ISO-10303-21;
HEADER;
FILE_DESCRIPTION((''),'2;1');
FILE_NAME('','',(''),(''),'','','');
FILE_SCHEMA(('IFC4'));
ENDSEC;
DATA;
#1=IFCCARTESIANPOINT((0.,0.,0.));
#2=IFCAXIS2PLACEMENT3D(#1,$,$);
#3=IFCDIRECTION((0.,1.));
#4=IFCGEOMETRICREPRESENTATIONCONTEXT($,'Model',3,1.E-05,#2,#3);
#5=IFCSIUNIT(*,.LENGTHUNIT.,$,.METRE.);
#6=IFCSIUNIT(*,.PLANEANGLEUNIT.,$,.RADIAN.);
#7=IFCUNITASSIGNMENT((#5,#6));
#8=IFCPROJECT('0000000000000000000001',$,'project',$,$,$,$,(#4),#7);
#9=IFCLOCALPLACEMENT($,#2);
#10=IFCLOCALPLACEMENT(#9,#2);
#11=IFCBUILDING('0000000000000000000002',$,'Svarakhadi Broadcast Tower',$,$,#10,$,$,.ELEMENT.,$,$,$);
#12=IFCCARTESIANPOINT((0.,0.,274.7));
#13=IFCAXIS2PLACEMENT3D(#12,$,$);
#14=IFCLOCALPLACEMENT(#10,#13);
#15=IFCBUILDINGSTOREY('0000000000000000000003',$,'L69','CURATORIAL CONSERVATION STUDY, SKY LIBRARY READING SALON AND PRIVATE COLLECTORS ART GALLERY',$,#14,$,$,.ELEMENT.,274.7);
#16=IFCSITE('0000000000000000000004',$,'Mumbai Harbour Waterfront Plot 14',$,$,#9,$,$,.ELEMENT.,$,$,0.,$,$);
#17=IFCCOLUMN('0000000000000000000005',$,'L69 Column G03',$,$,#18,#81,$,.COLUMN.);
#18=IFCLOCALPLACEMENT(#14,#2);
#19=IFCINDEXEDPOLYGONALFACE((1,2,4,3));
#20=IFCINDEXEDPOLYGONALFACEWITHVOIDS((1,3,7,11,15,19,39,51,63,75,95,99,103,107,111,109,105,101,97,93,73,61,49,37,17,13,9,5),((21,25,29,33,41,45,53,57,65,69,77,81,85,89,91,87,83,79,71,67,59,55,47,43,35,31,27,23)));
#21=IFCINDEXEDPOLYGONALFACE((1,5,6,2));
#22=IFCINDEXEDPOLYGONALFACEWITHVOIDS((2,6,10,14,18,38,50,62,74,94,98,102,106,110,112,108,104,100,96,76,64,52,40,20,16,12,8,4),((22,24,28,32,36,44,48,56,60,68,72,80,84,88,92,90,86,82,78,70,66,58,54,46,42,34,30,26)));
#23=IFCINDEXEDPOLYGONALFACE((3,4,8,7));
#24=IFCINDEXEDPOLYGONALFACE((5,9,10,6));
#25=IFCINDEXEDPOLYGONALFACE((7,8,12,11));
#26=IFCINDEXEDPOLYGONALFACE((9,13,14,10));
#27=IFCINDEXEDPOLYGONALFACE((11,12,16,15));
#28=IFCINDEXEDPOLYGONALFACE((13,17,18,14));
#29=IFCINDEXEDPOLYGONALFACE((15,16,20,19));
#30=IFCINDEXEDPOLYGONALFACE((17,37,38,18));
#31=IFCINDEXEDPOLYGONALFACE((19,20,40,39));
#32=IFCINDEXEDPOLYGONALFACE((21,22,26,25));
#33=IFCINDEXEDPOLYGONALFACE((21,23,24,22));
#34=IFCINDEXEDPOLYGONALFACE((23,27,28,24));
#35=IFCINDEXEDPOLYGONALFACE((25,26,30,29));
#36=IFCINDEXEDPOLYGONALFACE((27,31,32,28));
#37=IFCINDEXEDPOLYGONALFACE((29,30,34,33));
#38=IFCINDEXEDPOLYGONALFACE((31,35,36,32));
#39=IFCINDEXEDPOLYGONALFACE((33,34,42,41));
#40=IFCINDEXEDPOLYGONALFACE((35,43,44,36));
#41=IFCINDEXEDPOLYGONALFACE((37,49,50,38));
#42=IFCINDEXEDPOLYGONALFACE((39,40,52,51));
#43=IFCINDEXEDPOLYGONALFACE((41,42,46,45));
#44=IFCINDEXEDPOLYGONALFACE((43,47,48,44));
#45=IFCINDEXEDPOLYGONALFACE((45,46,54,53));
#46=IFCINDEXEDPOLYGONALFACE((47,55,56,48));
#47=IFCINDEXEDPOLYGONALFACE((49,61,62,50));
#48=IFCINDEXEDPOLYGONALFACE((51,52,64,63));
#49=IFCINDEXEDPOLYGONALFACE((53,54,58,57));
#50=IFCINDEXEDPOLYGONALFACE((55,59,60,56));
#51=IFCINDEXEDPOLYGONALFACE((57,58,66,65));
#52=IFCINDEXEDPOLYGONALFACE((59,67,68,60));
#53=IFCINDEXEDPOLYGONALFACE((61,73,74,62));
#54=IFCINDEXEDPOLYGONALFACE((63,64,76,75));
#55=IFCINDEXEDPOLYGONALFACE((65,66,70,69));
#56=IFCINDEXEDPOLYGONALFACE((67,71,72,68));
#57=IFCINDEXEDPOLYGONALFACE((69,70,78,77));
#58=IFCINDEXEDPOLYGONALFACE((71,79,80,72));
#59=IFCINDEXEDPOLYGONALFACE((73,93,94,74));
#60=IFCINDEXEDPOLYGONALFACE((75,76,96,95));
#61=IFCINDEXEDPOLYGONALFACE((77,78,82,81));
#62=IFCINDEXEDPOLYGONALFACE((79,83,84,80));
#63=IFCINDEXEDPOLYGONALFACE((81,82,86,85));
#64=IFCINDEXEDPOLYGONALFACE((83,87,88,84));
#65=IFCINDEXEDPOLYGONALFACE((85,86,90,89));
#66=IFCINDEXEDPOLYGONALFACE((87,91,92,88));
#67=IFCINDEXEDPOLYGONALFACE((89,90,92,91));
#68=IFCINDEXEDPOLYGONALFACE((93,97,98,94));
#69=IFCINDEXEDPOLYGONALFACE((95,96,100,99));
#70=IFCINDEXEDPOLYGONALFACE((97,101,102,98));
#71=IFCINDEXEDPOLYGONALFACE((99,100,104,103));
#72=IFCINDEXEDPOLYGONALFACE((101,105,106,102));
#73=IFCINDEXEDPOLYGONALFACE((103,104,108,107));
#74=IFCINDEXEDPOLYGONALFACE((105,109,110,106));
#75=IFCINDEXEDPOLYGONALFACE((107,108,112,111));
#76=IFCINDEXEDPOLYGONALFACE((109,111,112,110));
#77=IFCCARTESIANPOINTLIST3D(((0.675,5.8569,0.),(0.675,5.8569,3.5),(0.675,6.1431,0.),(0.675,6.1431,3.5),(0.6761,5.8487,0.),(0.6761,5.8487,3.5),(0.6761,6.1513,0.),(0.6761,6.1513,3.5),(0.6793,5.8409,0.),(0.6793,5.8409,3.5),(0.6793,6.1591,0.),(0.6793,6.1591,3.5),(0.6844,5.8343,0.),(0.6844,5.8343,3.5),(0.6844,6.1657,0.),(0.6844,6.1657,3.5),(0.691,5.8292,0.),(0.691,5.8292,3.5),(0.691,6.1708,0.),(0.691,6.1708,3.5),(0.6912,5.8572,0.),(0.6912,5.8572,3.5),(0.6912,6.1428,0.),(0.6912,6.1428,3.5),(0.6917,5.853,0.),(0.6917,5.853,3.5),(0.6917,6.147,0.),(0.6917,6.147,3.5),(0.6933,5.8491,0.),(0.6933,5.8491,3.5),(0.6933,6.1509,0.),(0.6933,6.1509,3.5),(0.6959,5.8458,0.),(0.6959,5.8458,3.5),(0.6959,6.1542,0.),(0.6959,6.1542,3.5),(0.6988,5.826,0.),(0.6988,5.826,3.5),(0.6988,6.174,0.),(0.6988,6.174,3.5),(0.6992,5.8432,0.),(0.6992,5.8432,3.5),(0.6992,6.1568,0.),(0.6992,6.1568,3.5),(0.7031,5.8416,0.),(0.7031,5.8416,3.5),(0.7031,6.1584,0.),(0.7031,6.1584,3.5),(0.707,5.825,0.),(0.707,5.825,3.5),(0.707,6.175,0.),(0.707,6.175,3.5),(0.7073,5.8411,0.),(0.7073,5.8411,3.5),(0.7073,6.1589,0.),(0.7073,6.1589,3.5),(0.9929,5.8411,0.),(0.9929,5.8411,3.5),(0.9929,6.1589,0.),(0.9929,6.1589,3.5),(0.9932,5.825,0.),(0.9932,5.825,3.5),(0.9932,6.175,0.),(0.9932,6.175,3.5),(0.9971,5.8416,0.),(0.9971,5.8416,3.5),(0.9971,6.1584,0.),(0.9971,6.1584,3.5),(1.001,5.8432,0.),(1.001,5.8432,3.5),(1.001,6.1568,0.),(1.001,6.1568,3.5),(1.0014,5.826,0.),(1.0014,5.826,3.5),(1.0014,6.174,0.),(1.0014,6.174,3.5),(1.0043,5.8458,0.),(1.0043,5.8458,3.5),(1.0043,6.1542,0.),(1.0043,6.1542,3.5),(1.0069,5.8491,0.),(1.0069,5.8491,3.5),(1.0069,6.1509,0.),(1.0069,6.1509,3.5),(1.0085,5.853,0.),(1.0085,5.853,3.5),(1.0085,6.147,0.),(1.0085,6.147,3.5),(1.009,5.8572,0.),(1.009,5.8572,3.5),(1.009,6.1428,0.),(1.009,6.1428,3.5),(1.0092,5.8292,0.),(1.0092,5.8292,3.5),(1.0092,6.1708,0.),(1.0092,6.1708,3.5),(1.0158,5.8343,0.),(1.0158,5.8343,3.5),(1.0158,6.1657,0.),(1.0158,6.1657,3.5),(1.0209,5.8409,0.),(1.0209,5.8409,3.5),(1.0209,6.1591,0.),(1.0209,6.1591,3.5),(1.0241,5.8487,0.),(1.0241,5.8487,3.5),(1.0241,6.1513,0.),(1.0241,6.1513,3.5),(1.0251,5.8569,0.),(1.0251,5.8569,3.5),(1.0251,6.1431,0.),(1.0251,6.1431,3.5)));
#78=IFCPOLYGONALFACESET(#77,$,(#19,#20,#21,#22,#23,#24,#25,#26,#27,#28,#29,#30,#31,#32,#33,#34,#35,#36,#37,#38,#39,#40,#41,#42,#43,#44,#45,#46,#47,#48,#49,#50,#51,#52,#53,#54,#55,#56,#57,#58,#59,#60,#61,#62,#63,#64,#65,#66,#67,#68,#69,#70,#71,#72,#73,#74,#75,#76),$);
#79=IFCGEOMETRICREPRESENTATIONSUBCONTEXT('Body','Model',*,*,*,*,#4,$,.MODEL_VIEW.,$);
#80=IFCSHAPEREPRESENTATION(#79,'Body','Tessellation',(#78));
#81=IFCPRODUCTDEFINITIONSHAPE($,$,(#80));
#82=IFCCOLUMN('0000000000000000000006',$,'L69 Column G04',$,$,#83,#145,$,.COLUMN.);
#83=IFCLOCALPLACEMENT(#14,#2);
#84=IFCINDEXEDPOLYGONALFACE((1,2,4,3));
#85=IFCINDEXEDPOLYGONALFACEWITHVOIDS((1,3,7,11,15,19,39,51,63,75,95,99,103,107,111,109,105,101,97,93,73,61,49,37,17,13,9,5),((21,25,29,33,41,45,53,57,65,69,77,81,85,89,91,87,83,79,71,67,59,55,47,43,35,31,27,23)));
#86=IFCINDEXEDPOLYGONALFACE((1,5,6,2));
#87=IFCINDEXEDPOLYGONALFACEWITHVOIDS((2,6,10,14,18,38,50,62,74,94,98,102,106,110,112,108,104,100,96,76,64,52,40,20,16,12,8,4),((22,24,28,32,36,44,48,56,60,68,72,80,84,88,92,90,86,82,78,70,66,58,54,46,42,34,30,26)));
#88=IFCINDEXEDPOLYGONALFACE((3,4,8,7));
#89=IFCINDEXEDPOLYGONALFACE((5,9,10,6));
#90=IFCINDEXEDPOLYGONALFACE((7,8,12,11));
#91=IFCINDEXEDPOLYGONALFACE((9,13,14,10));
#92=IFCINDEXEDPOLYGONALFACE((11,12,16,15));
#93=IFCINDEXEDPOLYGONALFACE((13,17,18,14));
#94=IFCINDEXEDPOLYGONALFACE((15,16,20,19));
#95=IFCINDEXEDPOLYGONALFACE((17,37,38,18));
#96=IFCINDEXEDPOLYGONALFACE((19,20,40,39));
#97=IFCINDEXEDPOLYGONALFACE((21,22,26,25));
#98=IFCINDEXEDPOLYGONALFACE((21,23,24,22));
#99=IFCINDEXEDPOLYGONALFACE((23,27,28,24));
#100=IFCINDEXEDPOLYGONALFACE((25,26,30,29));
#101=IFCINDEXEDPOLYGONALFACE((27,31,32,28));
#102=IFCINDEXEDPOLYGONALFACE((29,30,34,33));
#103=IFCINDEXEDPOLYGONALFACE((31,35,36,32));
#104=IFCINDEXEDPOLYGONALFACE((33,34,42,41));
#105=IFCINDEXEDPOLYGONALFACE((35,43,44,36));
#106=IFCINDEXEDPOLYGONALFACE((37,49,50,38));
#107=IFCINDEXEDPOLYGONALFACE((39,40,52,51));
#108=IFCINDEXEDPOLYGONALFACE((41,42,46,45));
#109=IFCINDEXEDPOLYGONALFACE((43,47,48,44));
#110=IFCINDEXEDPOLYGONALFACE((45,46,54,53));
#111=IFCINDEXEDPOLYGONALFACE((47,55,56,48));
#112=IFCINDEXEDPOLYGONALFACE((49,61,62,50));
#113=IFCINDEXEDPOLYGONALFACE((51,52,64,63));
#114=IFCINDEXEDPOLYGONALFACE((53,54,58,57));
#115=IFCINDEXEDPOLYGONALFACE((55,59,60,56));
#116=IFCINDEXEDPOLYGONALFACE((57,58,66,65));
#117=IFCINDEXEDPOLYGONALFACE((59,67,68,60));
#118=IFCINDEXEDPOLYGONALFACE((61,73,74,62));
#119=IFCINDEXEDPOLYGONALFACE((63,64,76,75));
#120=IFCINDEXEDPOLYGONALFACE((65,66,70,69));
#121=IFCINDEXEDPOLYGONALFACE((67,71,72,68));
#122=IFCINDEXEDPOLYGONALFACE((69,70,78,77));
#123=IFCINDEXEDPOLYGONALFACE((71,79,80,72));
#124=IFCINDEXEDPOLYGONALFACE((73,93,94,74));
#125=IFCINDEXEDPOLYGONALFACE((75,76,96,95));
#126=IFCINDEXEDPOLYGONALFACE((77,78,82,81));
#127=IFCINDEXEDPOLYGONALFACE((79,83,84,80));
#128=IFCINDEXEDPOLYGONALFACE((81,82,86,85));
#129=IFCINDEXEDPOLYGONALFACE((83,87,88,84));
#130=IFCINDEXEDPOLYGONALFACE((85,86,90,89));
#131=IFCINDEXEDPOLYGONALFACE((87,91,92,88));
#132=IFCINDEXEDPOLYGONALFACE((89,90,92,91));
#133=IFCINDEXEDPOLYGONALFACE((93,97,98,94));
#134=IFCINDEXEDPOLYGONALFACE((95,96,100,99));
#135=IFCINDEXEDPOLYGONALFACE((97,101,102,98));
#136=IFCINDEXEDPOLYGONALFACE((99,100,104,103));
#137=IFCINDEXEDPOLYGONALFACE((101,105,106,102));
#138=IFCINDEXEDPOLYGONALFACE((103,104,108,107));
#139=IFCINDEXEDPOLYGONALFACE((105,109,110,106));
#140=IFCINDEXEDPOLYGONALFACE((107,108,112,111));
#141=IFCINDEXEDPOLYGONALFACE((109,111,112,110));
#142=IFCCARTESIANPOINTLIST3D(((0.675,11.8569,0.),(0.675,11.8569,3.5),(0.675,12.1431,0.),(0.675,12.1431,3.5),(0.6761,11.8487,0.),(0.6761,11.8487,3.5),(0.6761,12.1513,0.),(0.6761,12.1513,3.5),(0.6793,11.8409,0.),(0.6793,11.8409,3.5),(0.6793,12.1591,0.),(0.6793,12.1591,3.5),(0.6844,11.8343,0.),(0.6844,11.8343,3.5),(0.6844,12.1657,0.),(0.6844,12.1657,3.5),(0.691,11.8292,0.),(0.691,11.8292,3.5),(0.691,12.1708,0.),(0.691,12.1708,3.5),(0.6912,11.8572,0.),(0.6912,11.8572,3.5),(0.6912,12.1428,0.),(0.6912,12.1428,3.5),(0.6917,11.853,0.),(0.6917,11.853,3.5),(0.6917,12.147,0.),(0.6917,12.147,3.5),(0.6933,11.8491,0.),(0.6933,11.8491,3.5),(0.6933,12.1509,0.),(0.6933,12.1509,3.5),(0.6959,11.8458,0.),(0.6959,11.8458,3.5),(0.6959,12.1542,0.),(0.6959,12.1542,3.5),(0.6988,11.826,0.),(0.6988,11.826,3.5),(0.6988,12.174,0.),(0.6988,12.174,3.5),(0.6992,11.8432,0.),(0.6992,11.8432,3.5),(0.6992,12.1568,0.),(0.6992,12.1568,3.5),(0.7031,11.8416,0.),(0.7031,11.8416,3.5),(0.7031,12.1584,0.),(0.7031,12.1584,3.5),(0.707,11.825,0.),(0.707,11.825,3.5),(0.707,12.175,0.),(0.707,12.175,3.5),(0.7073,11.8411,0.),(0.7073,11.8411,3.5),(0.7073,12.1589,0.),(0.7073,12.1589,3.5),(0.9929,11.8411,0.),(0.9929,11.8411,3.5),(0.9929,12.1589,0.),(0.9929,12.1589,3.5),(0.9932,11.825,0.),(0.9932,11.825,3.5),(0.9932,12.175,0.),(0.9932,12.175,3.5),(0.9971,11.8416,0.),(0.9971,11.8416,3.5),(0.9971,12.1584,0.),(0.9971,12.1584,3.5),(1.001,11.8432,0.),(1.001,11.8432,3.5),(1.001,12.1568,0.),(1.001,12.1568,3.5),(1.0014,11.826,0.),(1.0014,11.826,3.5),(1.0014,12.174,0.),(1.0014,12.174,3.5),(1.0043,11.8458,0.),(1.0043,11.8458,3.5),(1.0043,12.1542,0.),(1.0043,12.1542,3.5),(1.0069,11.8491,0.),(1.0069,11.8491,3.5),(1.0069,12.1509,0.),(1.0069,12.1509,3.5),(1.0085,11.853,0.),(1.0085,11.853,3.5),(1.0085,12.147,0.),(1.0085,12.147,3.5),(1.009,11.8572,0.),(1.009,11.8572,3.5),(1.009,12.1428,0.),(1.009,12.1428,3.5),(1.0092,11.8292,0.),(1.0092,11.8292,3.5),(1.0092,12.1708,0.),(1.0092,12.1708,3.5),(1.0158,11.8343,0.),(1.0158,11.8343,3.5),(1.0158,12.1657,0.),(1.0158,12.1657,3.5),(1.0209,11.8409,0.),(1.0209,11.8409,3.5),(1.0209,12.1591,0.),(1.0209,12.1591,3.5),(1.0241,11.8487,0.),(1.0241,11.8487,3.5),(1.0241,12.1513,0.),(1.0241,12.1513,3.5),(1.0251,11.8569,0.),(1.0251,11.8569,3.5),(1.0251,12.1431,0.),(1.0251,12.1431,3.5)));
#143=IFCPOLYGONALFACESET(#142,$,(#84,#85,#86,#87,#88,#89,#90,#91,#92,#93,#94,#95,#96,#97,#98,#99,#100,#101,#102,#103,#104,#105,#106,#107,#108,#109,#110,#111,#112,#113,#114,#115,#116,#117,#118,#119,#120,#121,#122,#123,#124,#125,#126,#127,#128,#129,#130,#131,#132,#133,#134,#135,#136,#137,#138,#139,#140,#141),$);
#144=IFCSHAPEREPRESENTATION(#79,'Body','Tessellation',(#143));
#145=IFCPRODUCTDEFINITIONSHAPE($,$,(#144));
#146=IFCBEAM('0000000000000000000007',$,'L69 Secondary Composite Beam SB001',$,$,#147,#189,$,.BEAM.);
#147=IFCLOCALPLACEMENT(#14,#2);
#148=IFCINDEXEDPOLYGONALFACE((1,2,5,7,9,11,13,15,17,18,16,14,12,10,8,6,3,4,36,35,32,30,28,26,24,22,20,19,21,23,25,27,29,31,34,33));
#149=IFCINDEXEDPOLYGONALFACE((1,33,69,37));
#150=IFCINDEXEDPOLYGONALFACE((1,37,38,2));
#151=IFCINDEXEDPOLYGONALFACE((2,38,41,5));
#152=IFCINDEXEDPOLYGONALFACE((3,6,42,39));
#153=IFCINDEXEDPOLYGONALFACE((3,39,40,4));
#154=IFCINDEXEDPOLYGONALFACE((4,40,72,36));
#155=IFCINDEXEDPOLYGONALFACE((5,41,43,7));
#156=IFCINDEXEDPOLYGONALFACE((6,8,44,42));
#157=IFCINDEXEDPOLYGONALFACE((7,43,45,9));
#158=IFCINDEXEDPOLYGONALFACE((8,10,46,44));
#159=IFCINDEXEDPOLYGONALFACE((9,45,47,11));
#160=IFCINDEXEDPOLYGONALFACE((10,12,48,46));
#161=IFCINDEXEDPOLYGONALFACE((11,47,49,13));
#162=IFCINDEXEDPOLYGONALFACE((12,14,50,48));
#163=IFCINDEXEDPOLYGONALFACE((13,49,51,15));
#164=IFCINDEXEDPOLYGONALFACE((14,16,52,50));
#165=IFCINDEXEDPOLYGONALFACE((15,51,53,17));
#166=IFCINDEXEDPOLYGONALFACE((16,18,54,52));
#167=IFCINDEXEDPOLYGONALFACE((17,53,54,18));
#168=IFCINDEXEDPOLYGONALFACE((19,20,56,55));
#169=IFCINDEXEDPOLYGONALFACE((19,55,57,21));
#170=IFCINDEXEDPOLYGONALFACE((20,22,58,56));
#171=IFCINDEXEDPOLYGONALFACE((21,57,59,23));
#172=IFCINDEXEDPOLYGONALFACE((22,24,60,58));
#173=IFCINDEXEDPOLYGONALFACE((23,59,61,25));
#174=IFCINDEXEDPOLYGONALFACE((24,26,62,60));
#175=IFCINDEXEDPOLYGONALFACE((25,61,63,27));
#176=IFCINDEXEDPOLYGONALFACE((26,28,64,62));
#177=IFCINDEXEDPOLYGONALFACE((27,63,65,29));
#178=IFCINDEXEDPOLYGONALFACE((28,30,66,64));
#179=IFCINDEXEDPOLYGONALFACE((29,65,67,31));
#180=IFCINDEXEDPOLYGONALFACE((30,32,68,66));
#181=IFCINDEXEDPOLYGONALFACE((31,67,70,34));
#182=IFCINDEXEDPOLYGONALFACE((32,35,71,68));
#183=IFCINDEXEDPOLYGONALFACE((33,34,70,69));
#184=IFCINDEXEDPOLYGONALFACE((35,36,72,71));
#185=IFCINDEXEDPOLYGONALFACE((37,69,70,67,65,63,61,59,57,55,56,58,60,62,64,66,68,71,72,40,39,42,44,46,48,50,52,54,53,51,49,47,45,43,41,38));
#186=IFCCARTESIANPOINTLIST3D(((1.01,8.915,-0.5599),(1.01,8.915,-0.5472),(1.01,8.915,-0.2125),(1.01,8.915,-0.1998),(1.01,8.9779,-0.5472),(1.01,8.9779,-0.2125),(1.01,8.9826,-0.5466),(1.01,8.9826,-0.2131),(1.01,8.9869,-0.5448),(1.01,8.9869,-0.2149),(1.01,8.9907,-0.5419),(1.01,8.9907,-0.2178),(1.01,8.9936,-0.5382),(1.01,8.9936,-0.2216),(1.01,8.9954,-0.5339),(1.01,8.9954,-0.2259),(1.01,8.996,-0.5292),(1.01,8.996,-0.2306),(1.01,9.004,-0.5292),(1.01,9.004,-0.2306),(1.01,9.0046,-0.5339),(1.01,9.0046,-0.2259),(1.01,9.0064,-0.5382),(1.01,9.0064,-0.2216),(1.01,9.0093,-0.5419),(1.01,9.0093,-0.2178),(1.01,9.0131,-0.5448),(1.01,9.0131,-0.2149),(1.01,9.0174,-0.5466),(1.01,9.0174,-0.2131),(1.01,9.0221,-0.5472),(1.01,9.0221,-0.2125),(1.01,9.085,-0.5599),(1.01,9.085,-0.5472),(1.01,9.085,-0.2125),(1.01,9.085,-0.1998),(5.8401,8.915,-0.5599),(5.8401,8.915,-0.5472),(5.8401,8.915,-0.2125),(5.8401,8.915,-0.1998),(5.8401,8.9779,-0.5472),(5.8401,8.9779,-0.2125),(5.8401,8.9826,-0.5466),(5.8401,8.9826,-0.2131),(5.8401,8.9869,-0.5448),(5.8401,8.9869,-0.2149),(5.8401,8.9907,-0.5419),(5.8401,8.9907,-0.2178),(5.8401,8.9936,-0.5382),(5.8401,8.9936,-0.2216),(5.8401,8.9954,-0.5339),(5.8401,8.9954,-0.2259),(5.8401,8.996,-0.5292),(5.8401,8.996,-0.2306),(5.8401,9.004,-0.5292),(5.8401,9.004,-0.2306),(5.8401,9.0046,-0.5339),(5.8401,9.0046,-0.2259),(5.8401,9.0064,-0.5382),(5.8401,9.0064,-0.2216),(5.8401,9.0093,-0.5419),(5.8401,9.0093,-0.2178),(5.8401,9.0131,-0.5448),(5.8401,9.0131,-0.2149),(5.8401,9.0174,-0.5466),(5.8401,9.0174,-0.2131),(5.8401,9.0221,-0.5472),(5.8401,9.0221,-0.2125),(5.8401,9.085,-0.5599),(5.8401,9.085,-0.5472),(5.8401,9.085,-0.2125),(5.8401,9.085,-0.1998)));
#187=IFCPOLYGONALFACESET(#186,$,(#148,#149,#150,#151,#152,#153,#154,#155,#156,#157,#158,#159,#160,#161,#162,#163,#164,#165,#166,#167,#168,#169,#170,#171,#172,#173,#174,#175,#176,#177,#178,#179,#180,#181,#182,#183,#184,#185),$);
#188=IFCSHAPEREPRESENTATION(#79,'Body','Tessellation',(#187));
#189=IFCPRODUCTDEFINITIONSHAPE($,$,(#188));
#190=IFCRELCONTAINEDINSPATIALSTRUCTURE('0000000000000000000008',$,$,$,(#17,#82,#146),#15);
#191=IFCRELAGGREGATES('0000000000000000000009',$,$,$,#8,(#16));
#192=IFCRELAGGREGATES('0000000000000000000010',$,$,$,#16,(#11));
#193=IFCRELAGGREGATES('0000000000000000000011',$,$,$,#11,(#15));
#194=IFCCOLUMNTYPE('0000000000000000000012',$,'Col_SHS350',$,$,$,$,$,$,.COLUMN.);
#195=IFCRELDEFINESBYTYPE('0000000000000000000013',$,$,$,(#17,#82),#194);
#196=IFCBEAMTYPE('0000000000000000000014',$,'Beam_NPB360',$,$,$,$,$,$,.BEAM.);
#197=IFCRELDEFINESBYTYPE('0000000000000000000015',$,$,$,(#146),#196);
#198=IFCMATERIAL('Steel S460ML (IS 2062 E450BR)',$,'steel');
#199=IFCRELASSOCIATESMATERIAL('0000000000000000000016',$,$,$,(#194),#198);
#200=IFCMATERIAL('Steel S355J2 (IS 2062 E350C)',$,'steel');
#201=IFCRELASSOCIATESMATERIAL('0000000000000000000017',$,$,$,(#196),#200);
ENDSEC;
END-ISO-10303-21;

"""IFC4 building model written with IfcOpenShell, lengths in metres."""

from ifc_helpers import new_model, si_unit, direction, frame, origin, origin_2d, place, context, subcontext, project, spatial, hollow_rectangle, i_section, extrude, material, material_profile, profile_set, type_object, element, save


model = new_model("IFC4")

# Units and contexts
model_context = context("Model", 3, precision=1e-05, world=origin(), true_north=direction((0.0, 1.0)))
body_context = subcontext(model_context, "Body", "Model", "MODEL_VIEW")
ifc_project = project(units=[si_unit("LENGTHUNIT", "METRE"), si_unit("PLANEANGLEUNIT", "RADIAN")], contexts=[model_context])

# Site, building, storey
site_placement = place(None, origin())
site = spatial("IfcSite", under=ifc_project, at=site_placement, Name="Mumbai Harbour Waterfront Plot 14", CompositionType="ELEMENT", RefElevation=0.0)
building_placement = place(site_placement, origin())
building = spatial("IfcBuilding", under=site, at=building_placement, Name="Svarakhadi Broadcast Tower", CompositionType="ELEMENT")
storey_placement = place(building_placement, frame((0.0, 0.0, 274.7)))
storey = spatial("IfcBuildingStorey", under=building, at=storey_placement, Name="L69", Description="CURATORIAL CONSERVATION STUDY, SKY LIBRARY READING SALON AND PRIVATE COLLECTORS ART GALLERY", CompositionType="ELEMENT", Elevation=274.7)

# Columns
ifc_material_1 = material(Name="Steel S460ML (IS 2062 E450BR)", Category="steel")
ifc_material_profile_1 = material_profile(ifc_material_1, hollow_rectangle(XDim=0.3501, YDim=0.3501, WallThickness=0.0161, InnerFilletRadius=0.0161, OuterFilletRadius=0.032, at=origin_2d()), Name="SHS 350x350x16")
ifc_profile_set_1 = profile_set([ifc_material_profile_1], Name="Steel S460ML (IS 2062 E450BR)")
column_type = type_object("IfcColumnType", Name="Col_SHS350", PredefinedType="COLUMN", material=ifc_profile_set_1)
for number, where, z_axis, x_axis, name in (
    (1, (0.8501, 6.0, 0.0), (0.0, 0.0, 1.0), (1.0, 0.0, 0.0), "L69 Column G03"),
    (2, (0.8501, 12.0, 0.0), (0.0, 0.0, 1.0), (1.0, 0.0, 0.0), "L69 Column G04"),
):
    element("IfcColumn", number, at=place(storey_placement, frame(where, z_axis=z_axis, x_axis=x_axis)), inside=storey, type_object=column_type, Name=name, PredefinedType="COLUMN", context=body_context, shape_type="SweptSolid", body=[
        extrude(hollow_rectangle(XDim=0.3501, YDim=0.3501, WallThickness=0.0161, InnerFilletRadius=0.0161, OuterFilletRadius=0.032, at=origin_2d()), origin(), (0.0, 0.0, 1.0), 3.5),
    ])

# Beam
ifc_material_2 = material(Name="Steel S355J2 (IS 2062 E350C)", Category="steel")
ifc_material_profile_2 = material_profile(ifc_material_2, i_section(OverallWidth=0.1699, OverallDepth=0.3601, WebThickness=0.0081, FlangeThickness=0.0127, FilletRadius=0.0181, at=origin_2d()), Name="NPB 360x170x57")
ifc_profile_set_2 = profile_set([ifc_material_profile_2], Name="Steel S355J2 (IS 2062 E350C)")
beam_type_1 = type_object("IfcBeamType", Name="Beam_NPB360", PredefinedType="BEAM", material=ifc_profile_set_2)
beam_placement = place(storey_placement, frame((1.01, 9.0, -0.3799), z_axis=(1.0, 0.0, 0.0), x_axis=(0.0, 1.0, 0.0)))
element("IfcBeam", 3, at=beam_placement, inside=storey, type_object=beam_type_1, Name="L69 Secondary Composite Beam SB001", PredefinedType="BEAM", context=body_context, shape_type="SweptSolid", body=[
    extrude(i_section(OverallWidth=0.1699, OverallDepth=0.3601, WebThickness=0.0081, FlangeThickness=0.0127, FilletRadius=0.0181, at=origin_2d()), origin(), (0.0, 0.0, 1.0), 4.8301),
])

save(model, "model.ifc")
